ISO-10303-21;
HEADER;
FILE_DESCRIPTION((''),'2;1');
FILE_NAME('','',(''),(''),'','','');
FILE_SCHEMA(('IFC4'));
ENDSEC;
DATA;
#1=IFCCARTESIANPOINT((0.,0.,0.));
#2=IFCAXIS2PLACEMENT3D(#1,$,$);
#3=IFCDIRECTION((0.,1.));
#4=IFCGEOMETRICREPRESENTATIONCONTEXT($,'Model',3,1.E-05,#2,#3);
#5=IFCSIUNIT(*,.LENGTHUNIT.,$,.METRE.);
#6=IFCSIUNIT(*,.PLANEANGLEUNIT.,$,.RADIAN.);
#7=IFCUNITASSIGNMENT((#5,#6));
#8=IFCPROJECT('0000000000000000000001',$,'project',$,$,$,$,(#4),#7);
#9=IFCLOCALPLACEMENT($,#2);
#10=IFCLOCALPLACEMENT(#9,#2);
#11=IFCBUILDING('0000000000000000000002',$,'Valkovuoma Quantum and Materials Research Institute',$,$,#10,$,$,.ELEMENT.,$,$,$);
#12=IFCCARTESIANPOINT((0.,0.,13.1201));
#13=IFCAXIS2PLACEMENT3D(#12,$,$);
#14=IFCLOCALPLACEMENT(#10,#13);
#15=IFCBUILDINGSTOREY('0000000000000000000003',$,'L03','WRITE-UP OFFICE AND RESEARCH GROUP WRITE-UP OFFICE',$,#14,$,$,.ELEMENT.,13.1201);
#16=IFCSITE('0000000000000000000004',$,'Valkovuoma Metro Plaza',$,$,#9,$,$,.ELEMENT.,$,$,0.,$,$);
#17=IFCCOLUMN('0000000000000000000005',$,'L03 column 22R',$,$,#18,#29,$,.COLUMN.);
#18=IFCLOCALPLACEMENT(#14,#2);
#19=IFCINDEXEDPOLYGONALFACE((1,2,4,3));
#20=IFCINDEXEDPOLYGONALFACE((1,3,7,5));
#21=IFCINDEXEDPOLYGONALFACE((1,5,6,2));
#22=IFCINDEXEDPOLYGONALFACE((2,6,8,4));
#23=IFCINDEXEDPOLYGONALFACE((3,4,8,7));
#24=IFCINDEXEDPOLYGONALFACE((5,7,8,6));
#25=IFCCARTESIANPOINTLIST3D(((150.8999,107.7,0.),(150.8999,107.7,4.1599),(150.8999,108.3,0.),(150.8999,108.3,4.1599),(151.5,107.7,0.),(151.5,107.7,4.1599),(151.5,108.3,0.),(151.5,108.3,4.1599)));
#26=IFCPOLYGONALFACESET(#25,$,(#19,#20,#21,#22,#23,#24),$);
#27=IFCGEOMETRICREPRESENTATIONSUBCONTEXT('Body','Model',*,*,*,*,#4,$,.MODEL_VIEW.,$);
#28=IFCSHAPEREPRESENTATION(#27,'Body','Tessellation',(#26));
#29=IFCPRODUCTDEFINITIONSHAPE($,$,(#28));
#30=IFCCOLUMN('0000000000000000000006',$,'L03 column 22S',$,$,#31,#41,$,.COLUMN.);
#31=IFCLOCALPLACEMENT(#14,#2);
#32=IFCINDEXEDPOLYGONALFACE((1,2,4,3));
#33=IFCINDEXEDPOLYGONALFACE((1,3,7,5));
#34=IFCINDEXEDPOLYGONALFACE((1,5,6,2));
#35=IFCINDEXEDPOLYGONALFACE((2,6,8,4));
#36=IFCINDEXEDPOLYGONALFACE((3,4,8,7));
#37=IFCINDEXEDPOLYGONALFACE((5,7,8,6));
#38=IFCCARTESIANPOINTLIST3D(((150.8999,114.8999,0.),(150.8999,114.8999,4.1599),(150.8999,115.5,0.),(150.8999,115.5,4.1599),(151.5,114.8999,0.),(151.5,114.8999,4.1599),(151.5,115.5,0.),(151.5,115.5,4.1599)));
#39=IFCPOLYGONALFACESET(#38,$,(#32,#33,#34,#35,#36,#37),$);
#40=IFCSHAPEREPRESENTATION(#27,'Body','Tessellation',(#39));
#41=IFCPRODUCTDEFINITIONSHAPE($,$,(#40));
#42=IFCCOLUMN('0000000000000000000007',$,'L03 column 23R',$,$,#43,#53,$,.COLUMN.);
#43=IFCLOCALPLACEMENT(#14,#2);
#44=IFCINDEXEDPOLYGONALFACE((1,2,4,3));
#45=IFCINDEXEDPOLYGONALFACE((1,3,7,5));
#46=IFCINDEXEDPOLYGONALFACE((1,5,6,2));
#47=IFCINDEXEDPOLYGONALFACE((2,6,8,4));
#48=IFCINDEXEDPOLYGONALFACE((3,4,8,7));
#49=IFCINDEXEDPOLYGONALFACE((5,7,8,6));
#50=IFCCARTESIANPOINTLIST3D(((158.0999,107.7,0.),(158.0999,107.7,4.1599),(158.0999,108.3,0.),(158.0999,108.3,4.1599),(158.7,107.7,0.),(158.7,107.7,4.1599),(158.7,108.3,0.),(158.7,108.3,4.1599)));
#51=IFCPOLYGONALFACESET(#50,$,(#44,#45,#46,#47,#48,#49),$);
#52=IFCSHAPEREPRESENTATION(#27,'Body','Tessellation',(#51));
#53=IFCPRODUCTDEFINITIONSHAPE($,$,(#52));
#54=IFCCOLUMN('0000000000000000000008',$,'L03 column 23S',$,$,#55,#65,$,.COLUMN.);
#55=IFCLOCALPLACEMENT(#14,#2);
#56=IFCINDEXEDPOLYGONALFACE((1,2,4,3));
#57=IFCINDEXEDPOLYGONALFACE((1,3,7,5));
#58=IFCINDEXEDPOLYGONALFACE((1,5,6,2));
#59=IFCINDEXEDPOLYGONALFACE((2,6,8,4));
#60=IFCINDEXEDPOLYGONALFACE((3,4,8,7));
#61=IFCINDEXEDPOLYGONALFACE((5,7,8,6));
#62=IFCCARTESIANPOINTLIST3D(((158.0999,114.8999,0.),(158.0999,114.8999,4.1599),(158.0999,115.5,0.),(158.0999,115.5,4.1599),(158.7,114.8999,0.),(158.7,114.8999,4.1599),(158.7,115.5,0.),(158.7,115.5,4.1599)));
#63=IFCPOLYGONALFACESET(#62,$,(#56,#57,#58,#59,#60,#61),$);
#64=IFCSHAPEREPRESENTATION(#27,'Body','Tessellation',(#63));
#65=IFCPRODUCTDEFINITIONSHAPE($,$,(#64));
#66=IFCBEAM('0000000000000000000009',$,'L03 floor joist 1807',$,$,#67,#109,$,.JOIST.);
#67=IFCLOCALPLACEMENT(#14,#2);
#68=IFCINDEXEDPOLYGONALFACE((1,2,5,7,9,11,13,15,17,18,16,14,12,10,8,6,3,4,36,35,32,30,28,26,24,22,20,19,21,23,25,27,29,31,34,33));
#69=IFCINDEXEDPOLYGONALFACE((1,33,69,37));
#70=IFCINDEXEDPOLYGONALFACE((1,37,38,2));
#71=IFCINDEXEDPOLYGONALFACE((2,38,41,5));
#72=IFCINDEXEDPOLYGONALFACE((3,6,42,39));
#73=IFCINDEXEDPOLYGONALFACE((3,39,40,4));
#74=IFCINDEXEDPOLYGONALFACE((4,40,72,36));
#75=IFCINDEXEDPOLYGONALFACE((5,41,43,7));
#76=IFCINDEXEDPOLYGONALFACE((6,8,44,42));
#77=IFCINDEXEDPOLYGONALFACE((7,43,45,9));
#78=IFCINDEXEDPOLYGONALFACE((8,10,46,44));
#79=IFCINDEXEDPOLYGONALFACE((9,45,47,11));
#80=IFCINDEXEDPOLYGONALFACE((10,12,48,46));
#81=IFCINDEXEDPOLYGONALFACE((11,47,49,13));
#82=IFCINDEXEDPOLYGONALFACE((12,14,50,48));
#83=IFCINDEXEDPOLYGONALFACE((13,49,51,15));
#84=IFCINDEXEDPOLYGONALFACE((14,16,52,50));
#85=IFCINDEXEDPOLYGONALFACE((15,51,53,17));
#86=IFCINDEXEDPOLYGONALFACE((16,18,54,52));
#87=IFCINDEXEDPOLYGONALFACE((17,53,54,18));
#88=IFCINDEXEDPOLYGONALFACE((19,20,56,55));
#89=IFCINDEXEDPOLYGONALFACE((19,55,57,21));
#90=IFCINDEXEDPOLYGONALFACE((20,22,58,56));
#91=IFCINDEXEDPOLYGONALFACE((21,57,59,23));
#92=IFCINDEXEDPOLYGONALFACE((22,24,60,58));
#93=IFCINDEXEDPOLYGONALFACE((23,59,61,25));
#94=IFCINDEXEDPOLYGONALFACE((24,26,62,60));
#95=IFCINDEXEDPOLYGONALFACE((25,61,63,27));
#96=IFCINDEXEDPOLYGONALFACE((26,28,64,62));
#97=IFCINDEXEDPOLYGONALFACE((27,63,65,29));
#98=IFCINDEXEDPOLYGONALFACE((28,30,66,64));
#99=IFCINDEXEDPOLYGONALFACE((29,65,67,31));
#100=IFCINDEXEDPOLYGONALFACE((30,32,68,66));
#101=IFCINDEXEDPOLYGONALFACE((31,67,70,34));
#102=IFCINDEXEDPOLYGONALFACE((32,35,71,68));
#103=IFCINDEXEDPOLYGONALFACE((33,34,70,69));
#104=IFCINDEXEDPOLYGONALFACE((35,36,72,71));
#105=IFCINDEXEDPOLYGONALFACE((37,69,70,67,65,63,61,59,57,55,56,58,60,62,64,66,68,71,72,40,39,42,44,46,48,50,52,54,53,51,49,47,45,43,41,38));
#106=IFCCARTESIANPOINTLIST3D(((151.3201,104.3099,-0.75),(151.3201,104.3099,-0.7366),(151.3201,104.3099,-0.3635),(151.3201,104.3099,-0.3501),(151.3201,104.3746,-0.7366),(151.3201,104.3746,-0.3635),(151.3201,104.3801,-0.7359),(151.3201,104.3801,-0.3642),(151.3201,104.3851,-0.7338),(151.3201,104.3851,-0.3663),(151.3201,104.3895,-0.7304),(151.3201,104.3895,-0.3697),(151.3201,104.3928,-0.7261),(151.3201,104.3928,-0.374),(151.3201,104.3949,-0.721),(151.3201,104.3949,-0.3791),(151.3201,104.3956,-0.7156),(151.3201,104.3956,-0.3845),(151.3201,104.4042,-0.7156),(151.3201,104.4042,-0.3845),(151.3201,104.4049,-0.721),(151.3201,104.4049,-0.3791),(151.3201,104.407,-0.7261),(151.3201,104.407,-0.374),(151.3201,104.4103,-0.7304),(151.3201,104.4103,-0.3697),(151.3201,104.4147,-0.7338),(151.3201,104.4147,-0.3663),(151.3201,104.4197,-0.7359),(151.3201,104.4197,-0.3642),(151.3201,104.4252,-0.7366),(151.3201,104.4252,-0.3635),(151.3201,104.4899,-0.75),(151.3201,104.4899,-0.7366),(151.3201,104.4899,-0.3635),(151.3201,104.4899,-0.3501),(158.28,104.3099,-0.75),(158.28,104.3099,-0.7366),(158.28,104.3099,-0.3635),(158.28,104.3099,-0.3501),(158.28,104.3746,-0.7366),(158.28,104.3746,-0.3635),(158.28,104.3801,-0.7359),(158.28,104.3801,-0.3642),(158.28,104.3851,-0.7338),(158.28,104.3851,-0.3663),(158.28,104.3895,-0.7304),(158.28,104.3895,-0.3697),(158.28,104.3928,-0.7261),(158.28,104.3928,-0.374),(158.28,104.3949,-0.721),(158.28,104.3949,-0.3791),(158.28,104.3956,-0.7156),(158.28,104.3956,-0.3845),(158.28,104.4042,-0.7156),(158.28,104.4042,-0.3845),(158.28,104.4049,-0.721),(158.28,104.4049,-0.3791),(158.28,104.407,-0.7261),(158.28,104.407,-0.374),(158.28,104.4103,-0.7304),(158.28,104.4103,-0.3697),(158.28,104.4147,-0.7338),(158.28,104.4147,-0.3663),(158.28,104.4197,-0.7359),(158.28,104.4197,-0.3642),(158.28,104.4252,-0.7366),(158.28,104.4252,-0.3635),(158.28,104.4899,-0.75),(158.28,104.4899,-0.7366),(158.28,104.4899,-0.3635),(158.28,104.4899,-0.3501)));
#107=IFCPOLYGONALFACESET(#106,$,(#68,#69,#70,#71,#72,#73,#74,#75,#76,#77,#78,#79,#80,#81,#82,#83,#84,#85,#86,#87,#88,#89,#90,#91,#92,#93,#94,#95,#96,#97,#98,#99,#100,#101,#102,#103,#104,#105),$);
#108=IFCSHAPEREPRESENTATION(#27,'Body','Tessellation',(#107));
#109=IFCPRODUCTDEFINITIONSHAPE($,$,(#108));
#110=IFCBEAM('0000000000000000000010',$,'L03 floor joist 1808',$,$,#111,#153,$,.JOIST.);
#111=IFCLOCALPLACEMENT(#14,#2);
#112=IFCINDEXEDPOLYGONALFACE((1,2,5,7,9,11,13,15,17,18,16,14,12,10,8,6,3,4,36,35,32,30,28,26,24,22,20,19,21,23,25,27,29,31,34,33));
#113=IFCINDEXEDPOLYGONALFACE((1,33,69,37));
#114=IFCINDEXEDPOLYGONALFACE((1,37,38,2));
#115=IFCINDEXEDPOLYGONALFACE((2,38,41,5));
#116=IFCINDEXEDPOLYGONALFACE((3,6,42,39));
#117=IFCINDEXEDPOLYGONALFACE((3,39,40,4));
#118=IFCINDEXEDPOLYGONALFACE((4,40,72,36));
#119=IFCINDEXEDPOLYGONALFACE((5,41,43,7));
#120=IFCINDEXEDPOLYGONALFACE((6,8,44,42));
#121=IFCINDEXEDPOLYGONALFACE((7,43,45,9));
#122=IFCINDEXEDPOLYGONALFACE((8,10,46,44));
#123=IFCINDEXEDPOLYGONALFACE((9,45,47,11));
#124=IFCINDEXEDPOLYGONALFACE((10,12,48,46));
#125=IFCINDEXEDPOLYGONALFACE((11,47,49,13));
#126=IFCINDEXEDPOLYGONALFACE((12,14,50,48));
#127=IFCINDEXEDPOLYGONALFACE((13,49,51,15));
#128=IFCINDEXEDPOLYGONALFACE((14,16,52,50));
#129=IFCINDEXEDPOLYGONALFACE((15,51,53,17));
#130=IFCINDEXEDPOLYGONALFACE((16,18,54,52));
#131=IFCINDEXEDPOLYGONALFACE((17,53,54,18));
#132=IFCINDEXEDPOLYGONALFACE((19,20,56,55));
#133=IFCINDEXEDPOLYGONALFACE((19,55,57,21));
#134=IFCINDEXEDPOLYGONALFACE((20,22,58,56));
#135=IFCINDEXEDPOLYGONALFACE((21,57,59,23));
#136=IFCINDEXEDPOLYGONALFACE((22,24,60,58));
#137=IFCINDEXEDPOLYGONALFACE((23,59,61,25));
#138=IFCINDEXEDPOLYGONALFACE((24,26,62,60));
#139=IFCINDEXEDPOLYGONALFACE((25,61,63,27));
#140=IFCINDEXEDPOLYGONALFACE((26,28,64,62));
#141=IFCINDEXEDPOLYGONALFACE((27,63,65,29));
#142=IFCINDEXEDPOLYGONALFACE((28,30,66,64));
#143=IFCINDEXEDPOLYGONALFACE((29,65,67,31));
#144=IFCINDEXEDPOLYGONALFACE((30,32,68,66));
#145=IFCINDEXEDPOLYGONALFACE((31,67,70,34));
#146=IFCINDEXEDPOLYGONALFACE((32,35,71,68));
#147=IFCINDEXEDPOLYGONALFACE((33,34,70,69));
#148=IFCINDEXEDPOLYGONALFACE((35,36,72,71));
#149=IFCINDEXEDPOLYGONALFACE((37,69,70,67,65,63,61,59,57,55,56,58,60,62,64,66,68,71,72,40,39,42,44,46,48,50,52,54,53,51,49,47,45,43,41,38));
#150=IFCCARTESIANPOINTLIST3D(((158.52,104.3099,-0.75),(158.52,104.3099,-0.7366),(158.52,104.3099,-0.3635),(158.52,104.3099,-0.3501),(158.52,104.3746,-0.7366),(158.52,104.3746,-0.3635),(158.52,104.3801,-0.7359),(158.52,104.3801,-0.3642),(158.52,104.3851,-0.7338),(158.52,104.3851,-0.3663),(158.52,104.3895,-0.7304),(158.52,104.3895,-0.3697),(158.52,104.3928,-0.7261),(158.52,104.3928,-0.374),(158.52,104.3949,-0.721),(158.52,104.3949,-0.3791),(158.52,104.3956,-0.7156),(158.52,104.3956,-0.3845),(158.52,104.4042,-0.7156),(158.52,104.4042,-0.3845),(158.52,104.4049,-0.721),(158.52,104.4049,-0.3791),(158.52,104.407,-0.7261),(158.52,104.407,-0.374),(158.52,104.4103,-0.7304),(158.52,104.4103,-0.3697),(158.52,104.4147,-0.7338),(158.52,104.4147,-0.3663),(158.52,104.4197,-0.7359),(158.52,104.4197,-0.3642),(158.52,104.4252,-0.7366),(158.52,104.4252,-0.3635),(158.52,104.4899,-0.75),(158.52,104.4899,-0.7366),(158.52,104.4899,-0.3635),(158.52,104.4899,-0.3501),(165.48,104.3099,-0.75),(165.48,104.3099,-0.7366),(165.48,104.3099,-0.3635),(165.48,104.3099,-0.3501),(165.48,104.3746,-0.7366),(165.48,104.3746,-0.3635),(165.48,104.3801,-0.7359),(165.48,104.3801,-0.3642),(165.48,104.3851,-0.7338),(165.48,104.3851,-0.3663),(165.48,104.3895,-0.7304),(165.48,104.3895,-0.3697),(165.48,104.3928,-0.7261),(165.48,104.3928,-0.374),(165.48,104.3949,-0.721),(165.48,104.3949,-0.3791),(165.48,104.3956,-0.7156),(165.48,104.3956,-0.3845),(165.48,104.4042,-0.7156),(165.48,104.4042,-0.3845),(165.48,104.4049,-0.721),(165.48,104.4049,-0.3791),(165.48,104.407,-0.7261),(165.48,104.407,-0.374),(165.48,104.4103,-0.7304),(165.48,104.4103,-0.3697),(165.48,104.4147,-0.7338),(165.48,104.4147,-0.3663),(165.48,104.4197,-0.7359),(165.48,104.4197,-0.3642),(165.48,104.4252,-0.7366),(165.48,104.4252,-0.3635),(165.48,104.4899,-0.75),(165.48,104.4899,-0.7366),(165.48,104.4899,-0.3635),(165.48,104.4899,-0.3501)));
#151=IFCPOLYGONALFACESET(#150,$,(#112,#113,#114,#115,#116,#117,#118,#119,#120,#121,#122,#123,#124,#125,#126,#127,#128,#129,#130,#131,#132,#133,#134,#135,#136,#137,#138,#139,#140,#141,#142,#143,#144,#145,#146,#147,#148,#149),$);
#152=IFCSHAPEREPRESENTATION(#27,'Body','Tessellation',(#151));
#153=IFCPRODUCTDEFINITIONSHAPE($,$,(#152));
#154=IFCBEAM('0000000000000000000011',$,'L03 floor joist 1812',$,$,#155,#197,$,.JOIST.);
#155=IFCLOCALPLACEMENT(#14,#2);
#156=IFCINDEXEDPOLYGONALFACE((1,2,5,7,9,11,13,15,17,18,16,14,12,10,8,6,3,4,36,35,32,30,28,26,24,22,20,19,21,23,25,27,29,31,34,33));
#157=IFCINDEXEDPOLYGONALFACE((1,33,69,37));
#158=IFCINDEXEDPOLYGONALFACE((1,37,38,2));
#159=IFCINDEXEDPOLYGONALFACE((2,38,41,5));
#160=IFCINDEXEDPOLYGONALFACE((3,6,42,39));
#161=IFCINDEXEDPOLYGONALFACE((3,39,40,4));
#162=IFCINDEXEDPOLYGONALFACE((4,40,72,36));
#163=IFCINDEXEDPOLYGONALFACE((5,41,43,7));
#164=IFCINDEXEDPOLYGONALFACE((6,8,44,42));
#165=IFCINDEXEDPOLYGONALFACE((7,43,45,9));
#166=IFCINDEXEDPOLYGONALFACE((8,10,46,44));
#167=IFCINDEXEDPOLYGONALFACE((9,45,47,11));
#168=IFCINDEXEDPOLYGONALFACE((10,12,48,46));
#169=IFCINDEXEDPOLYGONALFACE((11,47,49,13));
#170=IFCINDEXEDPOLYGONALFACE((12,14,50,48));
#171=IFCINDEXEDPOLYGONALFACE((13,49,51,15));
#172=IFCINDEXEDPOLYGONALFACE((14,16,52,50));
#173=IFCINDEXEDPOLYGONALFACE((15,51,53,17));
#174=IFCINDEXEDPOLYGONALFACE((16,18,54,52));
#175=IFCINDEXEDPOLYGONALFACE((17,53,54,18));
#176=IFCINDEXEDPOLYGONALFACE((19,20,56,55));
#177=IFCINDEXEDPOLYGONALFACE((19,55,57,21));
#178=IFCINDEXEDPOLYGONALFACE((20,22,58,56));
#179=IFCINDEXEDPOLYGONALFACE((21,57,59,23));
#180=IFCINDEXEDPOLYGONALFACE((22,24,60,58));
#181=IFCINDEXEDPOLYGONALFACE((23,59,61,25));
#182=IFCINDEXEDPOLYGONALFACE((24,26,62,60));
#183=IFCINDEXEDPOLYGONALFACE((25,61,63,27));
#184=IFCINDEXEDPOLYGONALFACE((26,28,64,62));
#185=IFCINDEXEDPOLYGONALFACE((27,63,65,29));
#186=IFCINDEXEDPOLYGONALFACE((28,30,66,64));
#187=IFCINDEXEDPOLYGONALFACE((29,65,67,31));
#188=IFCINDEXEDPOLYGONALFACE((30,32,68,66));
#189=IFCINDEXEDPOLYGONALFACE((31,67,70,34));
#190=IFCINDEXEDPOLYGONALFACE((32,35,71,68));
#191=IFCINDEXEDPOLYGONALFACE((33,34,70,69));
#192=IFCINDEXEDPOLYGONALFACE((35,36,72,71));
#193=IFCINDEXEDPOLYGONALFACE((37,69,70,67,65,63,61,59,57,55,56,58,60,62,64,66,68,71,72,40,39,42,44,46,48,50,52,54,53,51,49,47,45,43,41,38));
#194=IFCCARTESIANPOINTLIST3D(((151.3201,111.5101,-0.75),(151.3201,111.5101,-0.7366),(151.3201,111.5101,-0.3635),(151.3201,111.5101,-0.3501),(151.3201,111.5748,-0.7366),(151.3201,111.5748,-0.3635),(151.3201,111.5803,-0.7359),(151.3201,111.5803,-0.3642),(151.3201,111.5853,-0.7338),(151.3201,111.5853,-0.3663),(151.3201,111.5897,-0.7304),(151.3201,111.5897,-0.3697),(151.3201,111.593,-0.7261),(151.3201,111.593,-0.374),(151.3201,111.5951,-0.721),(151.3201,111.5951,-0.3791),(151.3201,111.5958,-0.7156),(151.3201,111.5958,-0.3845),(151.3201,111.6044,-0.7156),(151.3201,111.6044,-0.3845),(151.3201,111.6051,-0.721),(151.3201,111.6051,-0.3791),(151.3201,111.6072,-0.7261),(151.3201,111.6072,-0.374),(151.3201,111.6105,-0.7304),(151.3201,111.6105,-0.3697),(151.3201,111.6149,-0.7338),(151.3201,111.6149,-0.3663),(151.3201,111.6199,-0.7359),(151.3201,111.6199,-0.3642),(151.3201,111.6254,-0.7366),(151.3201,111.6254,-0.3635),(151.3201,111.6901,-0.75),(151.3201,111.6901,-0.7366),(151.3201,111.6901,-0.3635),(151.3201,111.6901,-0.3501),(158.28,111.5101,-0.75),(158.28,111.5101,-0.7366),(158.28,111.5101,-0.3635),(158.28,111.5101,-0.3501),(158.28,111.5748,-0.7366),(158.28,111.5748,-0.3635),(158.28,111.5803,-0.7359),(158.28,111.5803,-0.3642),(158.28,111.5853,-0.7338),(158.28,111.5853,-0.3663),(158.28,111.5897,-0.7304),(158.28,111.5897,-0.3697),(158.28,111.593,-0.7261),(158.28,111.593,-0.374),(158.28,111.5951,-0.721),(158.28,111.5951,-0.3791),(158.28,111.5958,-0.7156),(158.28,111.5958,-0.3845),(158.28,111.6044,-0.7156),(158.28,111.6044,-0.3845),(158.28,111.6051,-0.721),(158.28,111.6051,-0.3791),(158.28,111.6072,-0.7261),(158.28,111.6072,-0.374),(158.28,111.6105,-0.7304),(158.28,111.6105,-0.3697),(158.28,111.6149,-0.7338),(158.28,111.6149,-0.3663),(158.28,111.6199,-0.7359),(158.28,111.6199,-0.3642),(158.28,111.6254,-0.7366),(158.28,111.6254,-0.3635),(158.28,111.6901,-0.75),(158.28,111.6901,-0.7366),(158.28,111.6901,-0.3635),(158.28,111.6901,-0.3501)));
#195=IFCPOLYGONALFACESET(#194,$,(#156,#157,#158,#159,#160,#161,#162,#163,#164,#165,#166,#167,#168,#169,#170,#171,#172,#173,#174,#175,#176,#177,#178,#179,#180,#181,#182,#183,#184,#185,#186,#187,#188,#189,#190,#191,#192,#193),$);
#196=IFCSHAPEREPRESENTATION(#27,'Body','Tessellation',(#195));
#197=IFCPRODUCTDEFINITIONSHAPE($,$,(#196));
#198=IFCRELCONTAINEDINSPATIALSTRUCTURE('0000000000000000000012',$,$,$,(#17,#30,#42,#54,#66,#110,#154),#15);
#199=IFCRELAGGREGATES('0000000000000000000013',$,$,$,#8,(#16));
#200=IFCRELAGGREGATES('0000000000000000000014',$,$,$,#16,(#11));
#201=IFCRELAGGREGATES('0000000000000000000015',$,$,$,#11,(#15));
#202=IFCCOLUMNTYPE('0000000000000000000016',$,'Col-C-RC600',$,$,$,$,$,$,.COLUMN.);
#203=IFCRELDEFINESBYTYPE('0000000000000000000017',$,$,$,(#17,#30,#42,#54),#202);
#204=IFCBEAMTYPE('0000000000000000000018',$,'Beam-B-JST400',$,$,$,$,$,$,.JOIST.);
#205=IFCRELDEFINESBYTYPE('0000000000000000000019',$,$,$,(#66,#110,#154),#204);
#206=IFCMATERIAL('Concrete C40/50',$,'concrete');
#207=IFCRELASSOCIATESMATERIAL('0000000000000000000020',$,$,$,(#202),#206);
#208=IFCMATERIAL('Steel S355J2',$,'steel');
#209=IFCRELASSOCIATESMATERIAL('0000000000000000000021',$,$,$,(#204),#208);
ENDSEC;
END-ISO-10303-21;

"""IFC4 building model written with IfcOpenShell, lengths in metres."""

from ifc_helpers import new_model, si_unit, direction, frame, origin, origin_2d, place, context, subcontext, project, spatial, rectangle, i_section, extrude, material, material_profile, profile_set, type_object, element, save


model = new_model("IFC4")

# Units and contexts
model_context = context("Model", 3, precision=1e-05, world=origin(), true_north=direction((0.0, 1.0)))
body_context = subcontext(model_context, "Body", "Model", "MODEL_VIEW")
ifc_project = project(units=[si_unit("LENGTHUNIT", "METRE"), si_unit("PLANEANGLEUNIT", "RADIAN")], contexts=[model_context])

# Site, building, storey
site_placement = place(None, origin())
site = spatial("IfcSite", under=ifc_project, at=site_placement, Name="Valkovuoma Metro Plaza", CompositionType="ELEMENT", RefElevation=0.0)
building_placement = place(site_placement, origin())
building = spatial("IfcBuilding", under=site, at=building_placement, Name="Valkovuoma Quantum and Materials Research Institute", CompositionType="ELEMENT")
storey_placement = place(building_placement, frame((0.0, 0.0, 13.1201)))
storey = spatial("IfcBuildingStorey", under=building, at=storey_placement, Name="L03", Description="WRITE-UP OFFICE AND RESEARCH GROUP WRITE-UP OFFICE", CompositionType="ELEMENT", Elevation=13.1201)

# Columns
ifc_material_1 = material(Name="Concrete C40/50", Category="concrete")
ifc_material_profile_1 = material_profile(ifc_material_1, rectangle(XDim=0.6001, YDim=0.6001, at=origin_2d()), Name="Concrete C40/50")
ifc_profile_set_1 = profile_set([ifc_material_profile_1], Name="Concrete C40/50")
column_type = type_object("IfcColumnType", Name="Col-C-RC600", PredefinedType="COLUMN", material=ifc_profile_set_1)
for number, where, z_axis, x_axis, name in (
    (1, (151.2, 108.0, 0.0), (0.0, 0.0, 1.0), (1.0, 0.0, 0.0), "L03 column 22R"),
    (2, (151.2, 115.2, 0.0), (0.0, 0.0, 1.0), (1.0, 0.0, 0.0), "L03 column 22S"),
    (3, (158.3999, 108.0, 0.0), (0.0, 0.0, 1.0), (1.0, 0.0, 0.0), "L03 column 23R"),
    (4, (158.3999, 115.2, 0.0), (0.0, 0.0, 1.0), (1.0, 0.0, 0.0), "L03 column 23S"),
):
    element("IfcColumn", number, at=place(storey_placement, frame(where, z_axis=z_axis, x_axis=x_axis)), inside=storey, type_object=column_type, Name=name, PredefinedType="COLUMN", context=body_context, shape_type="SweptSolid", body=[
        extrude(rectangle(XDim=0.6001, YDim=0.6001, at=origin_2d()), origin(), (0.0, 0.0, 1.0), 4.1599),
    ])

# Beams
ifc_material_2 = material(Name="Steel S355J2", Category="steel")
ifc_material_profile_2 = material_profile(ifc_material_2, i_section(OverallWidth=0.1799, OverallDepth=0.3999, WebThickness=0.0085, FlangeThickness=0.0134, FilletRadius=0.021, at=origin_2d()), Name="Steel S355J2")
ifc_profile_set_2 = profile_set([ifc_material_profile_2], Name="Steel S355J2")
beam_type_1 = type_object("IfcBeamType", Name="Beam-B-JST400", PredefinedType="JOIST", material=ifc_profile_set_2)
for number, where, z_axis, x_axis, name in (
    (5, (151.3201, 104.3999, -0.55), (1.0, 0.0, 0.0), (0.0, 1.0, 0.0), "L03 floor joist 1807"),
    (6, (158.52, 104.3999, -0.55), (1.0, 0.0, 0.0), (0.0, 1.0, 0.0), "L03 floor joist 1808"),
    (7, (151.3201, 111.6001, -0.55), (1.0, 0.0, 0.0), (0.0, 1.0, 0.0), "L03 floor joist 1812"),
):
    element("IfcBeam", number, at=place(storey_placement, frame(where, z_axis=z_axis, x_axis=x_axis)), inside=storey, type_object=beam_type_1, Name=name, PredefinedType="JOIST", context=body_context, shape_type="SweptSolid", body=[
        extrude(i_section(OverallWidth=0.1799, OverallDepth=0.3999, WebThickness=0.0085, FlangeThickness=0.0134, FilletRadius=0.021, at=origin_2d()), origin(), (0.0, 0.0, 1.0), 6.96),
    ])

save(model, "model.ifc")
